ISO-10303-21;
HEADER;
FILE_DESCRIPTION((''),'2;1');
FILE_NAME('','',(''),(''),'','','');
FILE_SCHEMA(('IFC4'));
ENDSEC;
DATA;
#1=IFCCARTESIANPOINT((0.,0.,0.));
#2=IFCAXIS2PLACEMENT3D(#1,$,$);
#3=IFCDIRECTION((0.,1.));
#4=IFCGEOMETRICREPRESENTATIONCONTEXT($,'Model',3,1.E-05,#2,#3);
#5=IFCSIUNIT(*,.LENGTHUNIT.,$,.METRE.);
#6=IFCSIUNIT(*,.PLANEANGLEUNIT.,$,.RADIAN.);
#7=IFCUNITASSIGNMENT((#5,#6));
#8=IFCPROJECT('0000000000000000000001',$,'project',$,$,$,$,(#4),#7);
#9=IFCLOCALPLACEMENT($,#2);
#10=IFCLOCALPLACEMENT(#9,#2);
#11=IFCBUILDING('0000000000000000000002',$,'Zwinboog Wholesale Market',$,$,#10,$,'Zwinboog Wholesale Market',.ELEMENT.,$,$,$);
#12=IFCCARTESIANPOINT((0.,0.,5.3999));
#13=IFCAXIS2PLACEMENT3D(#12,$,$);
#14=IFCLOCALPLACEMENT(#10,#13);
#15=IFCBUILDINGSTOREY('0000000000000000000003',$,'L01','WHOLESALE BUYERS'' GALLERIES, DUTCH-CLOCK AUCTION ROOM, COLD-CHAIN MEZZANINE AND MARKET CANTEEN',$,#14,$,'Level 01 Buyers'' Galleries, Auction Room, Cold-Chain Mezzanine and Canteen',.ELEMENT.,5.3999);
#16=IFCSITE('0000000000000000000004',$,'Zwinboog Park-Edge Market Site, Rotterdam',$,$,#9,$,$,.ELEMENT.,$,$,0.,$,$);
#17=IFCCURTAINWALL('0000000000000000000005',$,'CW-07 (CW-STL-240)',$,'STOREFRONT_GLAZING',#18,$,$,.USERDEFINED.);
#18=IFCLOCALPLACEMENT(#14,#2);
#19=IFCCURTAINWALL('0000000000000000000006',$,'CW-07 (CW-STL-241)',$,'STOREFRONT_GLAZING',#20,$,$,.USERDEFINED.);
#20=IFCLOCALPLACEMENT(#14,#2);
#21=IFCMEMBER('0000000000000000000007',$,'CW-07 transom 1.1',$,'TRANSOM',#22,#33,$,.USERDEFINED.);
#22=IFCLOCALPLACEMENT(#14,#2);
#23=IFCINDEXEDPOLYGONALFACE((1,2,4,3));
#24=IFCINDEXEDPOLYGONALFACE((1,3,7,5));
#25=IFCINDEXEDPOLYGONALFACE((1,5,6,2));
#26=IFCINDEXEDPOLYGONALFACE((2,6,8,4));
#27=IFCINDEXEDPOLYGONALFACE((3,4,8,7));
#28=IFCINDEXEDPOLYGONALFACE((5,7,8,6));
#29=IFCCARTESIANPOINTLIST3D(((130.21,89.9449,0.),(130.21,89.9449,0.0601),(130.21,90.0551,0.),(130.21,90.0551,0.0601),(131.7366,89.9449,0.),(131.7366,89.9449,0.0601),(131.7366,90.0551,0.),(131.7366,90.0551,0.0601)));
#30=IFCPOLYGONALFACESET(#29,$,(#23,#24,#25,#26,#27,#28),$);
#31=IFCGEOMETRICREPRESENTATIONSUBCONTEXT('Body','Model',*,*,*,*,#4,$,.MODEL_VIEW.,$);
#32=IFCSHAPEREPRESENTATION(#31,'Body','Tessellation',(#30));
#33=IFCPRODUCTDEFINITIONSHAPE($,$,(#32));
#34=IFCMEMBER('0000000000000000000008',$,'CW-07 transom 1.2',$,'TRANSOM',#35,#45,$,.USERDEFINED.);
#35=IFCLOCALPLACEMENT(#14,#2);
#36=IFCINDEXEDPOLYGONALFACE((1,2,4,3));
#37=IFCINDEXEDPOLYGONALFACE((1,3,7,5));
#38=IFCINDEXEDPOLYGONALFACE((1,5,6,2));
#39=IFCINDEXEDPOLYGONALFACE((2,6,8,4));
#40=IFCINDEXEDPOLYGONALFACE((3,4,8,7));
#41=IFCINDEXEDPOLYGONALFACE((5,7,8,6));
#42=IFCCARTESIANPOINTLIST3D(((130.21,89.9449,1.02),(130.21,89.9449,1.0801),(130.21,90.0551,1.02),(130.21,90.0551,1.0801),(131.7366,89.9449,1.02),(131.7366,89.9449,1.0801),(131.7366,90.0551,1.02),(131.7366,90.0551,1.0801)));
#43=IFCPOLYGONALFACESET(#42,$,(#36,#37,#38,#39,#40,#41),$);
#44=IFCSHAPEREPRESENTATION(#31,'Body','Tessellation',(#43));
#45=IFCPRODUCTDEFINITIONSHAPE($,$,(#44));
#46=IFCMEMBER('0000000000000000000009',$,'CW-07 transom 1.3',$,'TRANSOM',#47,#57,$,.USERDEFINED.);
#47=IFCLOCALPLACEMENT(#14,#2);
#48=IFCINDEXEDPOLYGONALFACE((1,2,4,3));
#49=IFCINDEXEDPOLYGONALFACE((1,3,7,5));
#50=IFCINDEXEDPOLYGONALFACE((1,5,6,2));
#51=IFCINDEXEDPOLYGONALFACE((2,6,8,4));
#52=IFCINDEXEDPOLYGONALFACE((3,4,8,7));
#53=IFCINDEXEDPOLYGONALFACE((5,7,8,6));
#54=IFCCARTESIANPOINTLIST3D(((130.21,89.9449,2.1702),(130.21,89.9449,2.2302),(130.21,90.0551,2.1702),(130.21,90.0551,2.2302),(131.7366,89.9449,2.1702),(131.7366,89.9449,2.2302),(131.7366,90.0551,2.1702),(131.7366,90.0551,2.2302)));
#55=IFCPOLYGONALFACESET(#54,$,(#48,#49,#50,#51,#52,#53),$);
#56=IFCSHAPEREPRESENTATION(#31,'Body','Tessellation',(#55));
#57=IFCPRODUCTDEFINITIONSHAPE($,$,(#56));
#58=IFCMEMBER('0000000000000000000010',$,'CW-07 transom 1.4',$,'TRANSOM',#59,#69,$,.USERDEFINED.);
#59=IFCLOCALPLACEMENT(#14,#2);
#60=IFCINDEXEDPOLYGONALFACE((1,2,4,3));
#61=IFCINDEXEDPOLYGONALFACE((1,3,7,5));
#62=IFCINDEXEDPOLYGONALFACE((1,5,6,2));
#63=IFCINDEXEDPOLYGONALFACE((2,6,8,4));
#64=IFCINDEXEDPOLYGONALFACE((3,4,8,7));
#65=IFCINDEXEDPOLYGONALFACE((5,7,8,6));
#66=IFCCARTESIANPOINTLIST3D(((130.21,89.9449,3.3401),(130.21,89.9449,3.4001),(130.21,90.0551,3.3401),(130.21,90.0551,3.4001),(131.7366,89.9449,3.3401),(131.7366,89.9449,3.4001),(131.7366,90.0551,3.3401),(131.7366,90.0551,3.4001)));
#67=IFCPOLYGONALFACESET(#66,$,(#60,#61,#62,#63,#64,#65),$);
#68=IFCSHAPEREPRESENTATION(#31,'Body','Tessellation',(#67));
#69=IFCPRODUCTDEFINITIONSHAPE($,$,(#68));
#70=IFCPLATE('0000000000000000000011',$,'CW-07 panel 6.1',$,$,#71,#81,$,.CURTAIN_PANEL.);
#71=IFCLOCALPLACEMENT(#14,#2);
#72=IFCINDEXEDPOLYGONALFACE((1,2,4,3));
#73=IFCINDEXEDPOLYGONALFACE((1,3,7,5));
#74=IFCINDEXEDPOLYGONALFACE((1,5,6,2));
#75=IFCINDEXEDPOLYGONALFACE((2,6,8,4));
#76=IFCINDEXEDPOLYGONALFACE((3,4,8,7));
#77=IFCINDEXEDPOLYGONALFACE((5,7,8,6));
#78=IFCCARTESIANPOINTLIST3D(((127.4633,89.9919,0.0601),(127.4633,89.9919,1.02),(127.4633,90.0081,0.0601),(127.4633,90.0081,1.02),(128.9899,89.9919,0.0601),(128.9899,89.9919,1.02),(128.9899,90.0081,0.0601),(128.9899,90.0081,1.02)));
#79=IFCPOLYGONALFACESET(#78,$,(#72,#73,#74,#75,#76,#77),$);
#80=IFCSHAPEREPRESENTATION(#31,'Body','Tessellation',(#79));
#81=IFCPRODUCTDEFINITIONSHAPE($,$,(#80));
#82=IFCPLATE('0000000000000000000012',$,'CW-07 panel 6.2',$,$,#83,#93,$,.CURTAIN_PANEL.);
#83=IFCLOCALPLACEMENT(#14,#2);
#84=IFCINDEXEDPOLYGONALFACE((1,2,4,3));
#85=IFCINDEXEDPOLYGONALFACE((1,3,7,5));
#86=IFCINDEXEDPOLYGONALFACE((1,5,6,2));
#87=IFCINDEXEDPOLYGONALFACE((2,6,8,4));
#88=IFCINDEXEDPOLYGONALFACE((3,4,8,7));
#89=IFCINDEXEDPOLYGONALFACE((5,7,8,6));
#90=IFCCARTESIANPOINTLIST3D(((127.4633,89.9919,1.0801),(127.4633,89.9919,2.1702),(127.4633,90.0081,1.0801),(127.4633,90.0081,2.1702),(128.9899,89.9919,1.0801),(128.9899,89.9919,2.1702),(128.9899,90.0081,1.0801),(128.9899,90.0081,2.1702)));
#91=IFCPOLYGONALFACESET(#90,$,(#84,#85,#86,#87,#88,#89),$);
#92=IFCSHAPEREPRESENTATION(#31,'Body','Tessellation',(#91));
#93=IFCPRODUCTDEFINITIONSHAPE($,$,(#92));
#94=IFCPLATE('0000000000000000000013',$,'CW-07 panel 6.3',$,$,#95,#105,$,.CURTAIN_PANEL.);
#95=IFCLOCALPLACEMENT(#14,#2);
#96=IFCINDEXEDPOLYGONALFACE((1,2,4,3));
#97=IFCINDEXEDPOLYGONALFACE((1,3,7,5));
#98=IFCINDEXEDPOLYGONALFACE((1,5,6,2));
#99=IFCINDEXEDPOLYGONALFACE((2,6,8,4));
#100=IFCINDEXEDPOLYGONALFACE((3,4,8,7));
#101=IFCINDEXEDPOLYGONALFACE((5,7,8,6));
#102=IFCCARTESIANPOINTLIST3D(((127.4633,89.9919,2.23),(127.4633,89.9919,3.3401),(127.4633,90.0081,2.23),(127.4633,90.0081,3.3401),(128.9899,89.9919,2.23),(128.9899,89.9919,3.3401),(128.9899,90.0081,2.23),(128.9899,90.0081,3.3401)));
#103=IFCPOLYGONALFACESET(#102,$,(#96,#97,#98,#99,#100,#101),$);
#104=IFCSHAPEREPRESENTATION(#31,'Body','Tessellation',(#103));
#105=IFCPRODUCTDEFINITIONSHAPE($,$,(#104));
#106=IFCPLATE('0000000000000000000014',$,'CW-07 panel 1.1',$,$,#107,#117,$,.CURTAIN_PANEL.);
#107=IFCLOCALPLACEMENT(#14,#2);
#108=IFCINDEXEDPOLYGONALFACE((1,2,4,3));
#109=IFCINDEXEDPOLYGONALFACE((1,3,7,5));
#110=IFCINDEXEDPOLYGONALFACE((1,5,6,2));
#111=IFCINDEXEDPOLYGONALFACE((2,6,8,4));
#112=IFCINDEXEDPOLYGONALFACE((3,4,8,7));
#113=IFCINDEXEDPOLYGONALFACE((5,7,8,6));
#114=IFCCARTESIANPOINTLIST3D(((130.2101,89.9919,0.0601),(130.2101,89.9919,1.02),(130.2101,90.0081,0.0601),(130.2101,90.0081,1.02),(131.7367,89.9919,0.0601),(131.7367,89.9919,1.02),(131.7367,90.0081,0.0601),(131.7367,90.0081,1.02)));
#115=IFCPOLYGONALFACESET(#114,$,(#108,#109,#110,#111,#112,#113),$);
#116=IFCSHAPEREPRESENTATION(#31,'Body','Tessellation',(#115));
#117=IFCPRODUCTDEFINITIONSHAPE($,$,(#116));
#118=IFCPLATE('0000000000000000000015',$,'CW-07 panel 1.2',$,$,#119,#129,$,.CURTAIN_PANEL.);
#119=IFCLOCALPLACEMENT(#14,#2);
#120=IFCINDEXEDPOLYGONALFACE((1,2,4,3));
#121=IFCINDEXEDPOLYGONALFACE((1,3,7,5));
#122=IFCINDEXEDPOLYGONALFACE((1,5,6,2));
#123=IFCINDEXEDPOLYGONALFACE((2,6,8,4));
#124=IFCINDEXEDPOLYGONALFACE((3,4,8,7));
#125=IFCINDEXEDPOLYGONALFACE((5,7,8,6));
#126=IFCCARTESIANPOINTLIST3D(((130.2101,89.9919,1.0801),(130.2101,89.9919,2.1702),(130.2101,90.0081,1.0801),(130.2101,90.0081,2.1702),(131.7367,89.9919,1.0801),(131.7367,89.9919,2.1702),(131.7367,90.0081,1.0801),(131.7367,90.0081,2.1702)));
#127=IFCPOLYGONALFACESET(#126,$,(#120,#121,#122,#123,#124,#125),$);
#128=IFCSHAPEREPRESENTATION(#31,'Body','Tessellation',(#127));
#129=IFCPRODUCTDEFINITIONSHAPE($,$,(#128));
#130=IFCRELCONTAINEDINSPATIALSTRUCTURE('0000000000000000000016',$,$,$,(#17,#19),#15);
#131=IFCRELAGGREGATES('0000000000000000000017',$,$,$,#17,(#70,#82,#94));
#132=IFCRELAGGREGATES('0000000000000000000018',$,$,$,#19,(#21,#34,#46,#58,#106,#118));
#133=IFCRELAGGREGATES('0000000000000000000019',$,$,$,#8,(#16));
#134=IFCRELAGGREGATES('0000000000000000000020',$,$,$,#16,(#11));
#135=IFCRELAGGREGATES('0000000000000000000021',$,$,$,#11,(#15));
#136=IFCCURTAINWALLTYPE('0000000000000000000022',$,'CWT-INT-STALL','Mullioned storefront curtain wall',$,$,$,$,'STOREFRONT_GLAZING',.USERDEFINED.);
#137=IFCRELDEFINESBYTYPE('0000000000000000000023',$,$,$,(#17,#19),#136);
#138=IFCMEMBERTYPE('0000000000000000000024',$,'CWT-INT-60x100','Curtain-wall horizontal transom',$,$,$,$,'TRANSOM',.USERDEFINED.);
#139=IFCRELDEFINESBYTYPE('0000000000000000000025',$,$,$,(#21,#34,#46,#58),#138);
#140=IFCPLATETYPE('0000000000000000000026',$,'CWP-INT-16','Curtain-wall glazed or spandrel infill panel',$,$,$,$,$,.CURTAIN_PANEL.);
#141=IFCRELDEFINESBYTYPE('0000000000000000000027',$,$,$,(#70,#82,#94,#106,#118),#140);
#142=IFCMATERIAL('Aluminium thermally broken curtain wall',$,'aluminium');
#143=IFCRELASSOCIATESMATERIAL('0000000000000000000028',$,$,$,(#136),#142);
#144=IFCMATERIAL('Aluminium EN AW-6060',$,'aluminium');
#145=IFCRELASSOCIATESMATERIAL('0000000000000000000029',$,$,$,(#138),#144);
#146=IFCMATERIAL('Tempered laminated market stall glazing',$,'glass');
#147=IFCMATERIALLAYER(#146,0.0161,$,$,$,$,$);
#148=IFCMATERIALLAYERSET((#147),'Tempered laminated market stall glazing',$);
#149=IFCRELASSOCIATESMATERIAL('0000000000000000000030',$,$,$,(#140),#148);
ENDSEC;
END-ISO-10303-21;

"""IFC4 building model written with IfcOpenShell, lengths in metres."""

from ifc_helpers import new_model, si_unit, direction, frame, origin, origin_2d, place, context, subcontext, project, spatial, rectangle, extrude, material, layer, layer_set, material_profile, profile_set, type_object, element, aggregate, save


model = new_model("IFC4")

# Units and contexts
model_context = context("Model", 3, precision=1e-05, world=origin(), true_north=direction((0.0, 1.0)))
body_context = subcontext(model_context, "Body", "Model", "MODEL_VIEW")
ifc_project = project(units=[si_unit("LENGTHUNIT", "METRE"), si_unit("PLANEANGLEUNIT", "RADIAN")], contexts=[model_context])

# Site, building, storey
site_placement = place(None, origin())
site = spatial("IfcSite", under=ifc_project, at=site_placement, Name="Zwinboog Park-Edge Market Site, Rotterdam", CompositionType="ELEMENT", RefElevation=0.0)
building_placement = place(site_placement, origin())
building = spatial("IfcBuilding", under=site, at=building_placement, Name="Zwinboog Wholesale Market", LongName="Zwinboog Wholesale Market", CompositionType="ELEMENT")
storey_placement = place(building_placement, frame((0.0, 0.0, 5.3999)))
storey = spatial("IfcBuildingStorey", under=building, at=storey_placement, Name="L01", Description="WHOLESALE BUYERS' GALLERIES, DUTCH-CLOCK AUCTION ROOM, COLD-CHAIN MEZZANINE AND MARKET CANTEEN", LongName="Level 01 Buyers' Galleries, Auction Room, Cold-Chain Mezzanine and Canteen", CompositionType="ELEMENT", Elevation=5.3999)

# Shared definitions
ifc_material_1 = material(Name="Aluminium thermally broken curtain wall", Category="aluminium")
ifc_material_2 = material(Name="Aluminium EN AW-6060", Category="aluminium")

# Curtain wall
curtain_wall_type_1 = type_object("IfcCurtainWallType", Name="CWT-INT-STALL", Description="Mullioned storefront curtain wall", ElementType="STOREFRONT_GLAZING", PredefinedType="USERDEFINED", material=ifc_material_1)
curtain_wall_1_placement = place(storey_placement, origin())
curtain_wall_1 = element("IfcCurtainWall", 1, at=curtain_wall_1_placement, inside=storey, type_object=curtain_wall_type_1, Name="CW-07 (CW-STL-240)", ObjectType="STOREFRONT_GLAZING", PredefinedType="USERDEFINED")

# Curtain wall, members
curtain_wall_2_placement = place(storey_placement, origin())
curtain_wall_2 = element("IfcCurtainWall", 2, at=curtain_wall_2_placement, inside=storey, type_object=curtain_wall_type_1, Name="CW-07 (CW-STL-241)", ObjectType="STOREFRONT_GLAZING", PredefinedType="USERDEFINED")
ifc_material_profile_1 = material_profile(ifc_material_2, rectangle(XDim=0.1101, YDim=0.0601, at=origin_2d()), Name="AL 60x110")
ifc_profile_set_1 = profile_set([ifc_material_profile_1], Name="Aluminium EN AW-6060")
member_type_1 = type_object("IfcMemberType", Name="CWT-INT-60x100", Description="Curtain-wall horizontal transom", ElementType="TRANSOM", PredefinedType="USERDEFINED", material=ifc_profile_set_1)
member_1_placement = place(storey_placement, frame((130.21, 90.0, 0.03), z_axis=(1.0, 0.0, 0.0), x_axis=(0.0, 1.0, 0.0)))
member_1 = element("IfcMember", 3, at=member_1_placement, type_object=member_type_1, Name="CW-07 transom 1.1", ObjectType="TRANSOM", PredefinedType="USERDEFINED", context=body_context, shape_type="SweptSolid", body=[
    extrude(rectangle(XDim=0.1101, YDim=0.0601, at=origin_2d()), origin(), (0.0, 0.0, 1.0), 1.5266),
])
member_2_placement = place(storey_placement, frame((130.21, 90.0, 1.05), z_axis=(1.0, 0.0, 0.0), x_axis=(0.0, 1.0, 0.0)))
member_2 = element("IfcMember", 4, at=member_2_placement, type_object=member_type_1, Name="CW-07 transom 1.2", ObjectType="TRANSOM", PredefinedType="USERDEFINED", context=body_context, shape_type="SweptSolid", body=[
    extrude(rectangle(XDim=0.1101, YDim=0.0601, at=origin_2d()), origin(), (0.0, 0.0, 1.0), 1.5266),
])
member_3_placement = place(storey_placement, frame((130.21, 90.0, 2.2002), z_axis=(1.0, 0.0, 0.0), x_axis=(0.0, 1.0, 0.0)))
member_3 = element("IfcMember", 5, at=member_3_placement, type_object=member_type_1, Name="CW-07 transom 1.3", ObjectType="TRANSOM", PredefinedType="USERDEFINED", context=body_context, shape_type="SweptSolid", body=[
    extrude(rectangle(XDim=0.1101, YDim=0.0601, at=origin_2d()), origin(), (0.0, 0.0, 1.0), 1.5266),
])
member_4_placement = place(storey_placement, frame((130.21, 90.0, 3.3701), z_axis=(1.0, 0.0, 0.0), x_axis=(0.0, 1.0, 0.0)))
member_4 = element("IfcMember", 6, at=member_4_placement, type_object=member_type_1, Name="CW-07 transom 1.4", ObjectType="TRANSOM", PredefinedType="USERDEFINED", context=body_context, shape_type="SweptSolid", body=[
    extrude(rectangle(XDim=0.1101, YDim=0.0601, at=origin_2d()), origin(), (0.0, 0.0, 1.0), 1.5266),
])

# Plates
ifc_material_3 = material(Name="Tempered laminated market stall glazing", Category="glass")
ifc_layer = layer(ifc_material_3, 0.0161)
ifc_layer_set = layer_set([ifc_layer], Name="Tempered laminated market stall glazing")
plate_type = type_object("IfcPlateType", Name="CWP-INT-16", Description="Curtain-wall glazed or spandrel infill panel", PredefinedType="CURTAIN_PANEL", material=ifc_layer_set)
plate_1_placement = place(storey_placement, frame((128.2266, 90.0, 0.0601), z_axis=(0.0, 0.0, 1.0), x_axis=(1.0, 0.0, 0.0)))
plate_1 = element("IfcPlate", 7, at=plate_1_placement, type_object=plate_type, Name="CW-07 panel 6.1", PredefinedType="CURTAIN_PANEL", context=body_context, shape_type="SweptSolid", body=[
    extrude(rectangle(XDim=1.5266, YDim=0.0161, at=origin_2d()), origin(), (0.0, 0.0, 1.0), 0.96),
])
plate_2_placement = place(storey_placement, frame((128.2266, 90.0, 1.0801), z_axis=(0.0, 0.0, 1.0), x_axis=(1.0, 0.0, 0.0)))
plate_2 = element("IfcPlate", 8, at=plate_2_placement, type_object=plate_type, Name="CW-07 panel 6.2", PredefinedType="CURTAIN_PANEL", context=body_context, shape_type="SweptSolid", body=[
    extrude(rectangle(XDim=1.5266, YDim=0.0161, at=origin_2d()), origin(), (0.0, 0.0, 1.0), 1.0901),
])
plate_3_placement = place(storey_placement, frame((128.2266, 90.0, 2.23), z_axis=(0.0, 0.0, 1.0), x_axis=(1.0, 0.0, 0.0)))
plate_3 = element("IfcPlate", 9, at=plate_3_placement, type_object=plate_type, Name="CW-07 panel 6.3", PredefinedType="CURTAIN_PANEL", context=body_context, shape_type="SweptSolid", body=[
    extrude(rectangle(XDim=1.5266, YDim=0.0161, at=origin_2d()), origin(), (0.0, 0.0, 1.0), 1.1101),
])
aggregate(curtain_wall_1, [plate_1, plate_2, plate_3])
plate_4_placement = place(storey_placement, frame((130.9734, 90.0, 0.0601), z_axis=(0.0, 0.0, 1.0), x_axis=(1.0, 0.0, 0.0)))
plate_4 = element("IfcPlate", 10, at=plate_4_placement, type_object=plate_type, Name="CW-07 panel 1.1", PredefinedType="CURTAIN_PANEL", context=body_context, shape_type="SweptSolid", body=[
    extrude(rectangle(XDim=1.5266, YDim=0.0161, at=origin_2d()), origin(), (0.0, 0.0, 1.0), 0.96),
])
plate_5_placement = place(storey_placement, frame((130.9734, 90.0, 1.0801), z_axis=(0.0, 0.0, 1.0), x_axis=(1.0, 0.0, 0.0)))
plate_5 = element("IfcPlate", 11, at=plate_5_placement, type_object=plate_type, Name="CW-07 panel 1.2", PredefinedType="CURTAIN_PANEL", context=body_context, shape_type="SweptSolid", body=[
    extrude(rectangle(XDim=1.5266, YDim=0.0161, at=origin_2d()), origin(), (0.0, 0.0, 1.0), 1.0901),
])
aggregate(curtain_wall_2, [member_1, member_2, member_3, member_4, plate_4, plate_5])

save(model, "model.ifc")
